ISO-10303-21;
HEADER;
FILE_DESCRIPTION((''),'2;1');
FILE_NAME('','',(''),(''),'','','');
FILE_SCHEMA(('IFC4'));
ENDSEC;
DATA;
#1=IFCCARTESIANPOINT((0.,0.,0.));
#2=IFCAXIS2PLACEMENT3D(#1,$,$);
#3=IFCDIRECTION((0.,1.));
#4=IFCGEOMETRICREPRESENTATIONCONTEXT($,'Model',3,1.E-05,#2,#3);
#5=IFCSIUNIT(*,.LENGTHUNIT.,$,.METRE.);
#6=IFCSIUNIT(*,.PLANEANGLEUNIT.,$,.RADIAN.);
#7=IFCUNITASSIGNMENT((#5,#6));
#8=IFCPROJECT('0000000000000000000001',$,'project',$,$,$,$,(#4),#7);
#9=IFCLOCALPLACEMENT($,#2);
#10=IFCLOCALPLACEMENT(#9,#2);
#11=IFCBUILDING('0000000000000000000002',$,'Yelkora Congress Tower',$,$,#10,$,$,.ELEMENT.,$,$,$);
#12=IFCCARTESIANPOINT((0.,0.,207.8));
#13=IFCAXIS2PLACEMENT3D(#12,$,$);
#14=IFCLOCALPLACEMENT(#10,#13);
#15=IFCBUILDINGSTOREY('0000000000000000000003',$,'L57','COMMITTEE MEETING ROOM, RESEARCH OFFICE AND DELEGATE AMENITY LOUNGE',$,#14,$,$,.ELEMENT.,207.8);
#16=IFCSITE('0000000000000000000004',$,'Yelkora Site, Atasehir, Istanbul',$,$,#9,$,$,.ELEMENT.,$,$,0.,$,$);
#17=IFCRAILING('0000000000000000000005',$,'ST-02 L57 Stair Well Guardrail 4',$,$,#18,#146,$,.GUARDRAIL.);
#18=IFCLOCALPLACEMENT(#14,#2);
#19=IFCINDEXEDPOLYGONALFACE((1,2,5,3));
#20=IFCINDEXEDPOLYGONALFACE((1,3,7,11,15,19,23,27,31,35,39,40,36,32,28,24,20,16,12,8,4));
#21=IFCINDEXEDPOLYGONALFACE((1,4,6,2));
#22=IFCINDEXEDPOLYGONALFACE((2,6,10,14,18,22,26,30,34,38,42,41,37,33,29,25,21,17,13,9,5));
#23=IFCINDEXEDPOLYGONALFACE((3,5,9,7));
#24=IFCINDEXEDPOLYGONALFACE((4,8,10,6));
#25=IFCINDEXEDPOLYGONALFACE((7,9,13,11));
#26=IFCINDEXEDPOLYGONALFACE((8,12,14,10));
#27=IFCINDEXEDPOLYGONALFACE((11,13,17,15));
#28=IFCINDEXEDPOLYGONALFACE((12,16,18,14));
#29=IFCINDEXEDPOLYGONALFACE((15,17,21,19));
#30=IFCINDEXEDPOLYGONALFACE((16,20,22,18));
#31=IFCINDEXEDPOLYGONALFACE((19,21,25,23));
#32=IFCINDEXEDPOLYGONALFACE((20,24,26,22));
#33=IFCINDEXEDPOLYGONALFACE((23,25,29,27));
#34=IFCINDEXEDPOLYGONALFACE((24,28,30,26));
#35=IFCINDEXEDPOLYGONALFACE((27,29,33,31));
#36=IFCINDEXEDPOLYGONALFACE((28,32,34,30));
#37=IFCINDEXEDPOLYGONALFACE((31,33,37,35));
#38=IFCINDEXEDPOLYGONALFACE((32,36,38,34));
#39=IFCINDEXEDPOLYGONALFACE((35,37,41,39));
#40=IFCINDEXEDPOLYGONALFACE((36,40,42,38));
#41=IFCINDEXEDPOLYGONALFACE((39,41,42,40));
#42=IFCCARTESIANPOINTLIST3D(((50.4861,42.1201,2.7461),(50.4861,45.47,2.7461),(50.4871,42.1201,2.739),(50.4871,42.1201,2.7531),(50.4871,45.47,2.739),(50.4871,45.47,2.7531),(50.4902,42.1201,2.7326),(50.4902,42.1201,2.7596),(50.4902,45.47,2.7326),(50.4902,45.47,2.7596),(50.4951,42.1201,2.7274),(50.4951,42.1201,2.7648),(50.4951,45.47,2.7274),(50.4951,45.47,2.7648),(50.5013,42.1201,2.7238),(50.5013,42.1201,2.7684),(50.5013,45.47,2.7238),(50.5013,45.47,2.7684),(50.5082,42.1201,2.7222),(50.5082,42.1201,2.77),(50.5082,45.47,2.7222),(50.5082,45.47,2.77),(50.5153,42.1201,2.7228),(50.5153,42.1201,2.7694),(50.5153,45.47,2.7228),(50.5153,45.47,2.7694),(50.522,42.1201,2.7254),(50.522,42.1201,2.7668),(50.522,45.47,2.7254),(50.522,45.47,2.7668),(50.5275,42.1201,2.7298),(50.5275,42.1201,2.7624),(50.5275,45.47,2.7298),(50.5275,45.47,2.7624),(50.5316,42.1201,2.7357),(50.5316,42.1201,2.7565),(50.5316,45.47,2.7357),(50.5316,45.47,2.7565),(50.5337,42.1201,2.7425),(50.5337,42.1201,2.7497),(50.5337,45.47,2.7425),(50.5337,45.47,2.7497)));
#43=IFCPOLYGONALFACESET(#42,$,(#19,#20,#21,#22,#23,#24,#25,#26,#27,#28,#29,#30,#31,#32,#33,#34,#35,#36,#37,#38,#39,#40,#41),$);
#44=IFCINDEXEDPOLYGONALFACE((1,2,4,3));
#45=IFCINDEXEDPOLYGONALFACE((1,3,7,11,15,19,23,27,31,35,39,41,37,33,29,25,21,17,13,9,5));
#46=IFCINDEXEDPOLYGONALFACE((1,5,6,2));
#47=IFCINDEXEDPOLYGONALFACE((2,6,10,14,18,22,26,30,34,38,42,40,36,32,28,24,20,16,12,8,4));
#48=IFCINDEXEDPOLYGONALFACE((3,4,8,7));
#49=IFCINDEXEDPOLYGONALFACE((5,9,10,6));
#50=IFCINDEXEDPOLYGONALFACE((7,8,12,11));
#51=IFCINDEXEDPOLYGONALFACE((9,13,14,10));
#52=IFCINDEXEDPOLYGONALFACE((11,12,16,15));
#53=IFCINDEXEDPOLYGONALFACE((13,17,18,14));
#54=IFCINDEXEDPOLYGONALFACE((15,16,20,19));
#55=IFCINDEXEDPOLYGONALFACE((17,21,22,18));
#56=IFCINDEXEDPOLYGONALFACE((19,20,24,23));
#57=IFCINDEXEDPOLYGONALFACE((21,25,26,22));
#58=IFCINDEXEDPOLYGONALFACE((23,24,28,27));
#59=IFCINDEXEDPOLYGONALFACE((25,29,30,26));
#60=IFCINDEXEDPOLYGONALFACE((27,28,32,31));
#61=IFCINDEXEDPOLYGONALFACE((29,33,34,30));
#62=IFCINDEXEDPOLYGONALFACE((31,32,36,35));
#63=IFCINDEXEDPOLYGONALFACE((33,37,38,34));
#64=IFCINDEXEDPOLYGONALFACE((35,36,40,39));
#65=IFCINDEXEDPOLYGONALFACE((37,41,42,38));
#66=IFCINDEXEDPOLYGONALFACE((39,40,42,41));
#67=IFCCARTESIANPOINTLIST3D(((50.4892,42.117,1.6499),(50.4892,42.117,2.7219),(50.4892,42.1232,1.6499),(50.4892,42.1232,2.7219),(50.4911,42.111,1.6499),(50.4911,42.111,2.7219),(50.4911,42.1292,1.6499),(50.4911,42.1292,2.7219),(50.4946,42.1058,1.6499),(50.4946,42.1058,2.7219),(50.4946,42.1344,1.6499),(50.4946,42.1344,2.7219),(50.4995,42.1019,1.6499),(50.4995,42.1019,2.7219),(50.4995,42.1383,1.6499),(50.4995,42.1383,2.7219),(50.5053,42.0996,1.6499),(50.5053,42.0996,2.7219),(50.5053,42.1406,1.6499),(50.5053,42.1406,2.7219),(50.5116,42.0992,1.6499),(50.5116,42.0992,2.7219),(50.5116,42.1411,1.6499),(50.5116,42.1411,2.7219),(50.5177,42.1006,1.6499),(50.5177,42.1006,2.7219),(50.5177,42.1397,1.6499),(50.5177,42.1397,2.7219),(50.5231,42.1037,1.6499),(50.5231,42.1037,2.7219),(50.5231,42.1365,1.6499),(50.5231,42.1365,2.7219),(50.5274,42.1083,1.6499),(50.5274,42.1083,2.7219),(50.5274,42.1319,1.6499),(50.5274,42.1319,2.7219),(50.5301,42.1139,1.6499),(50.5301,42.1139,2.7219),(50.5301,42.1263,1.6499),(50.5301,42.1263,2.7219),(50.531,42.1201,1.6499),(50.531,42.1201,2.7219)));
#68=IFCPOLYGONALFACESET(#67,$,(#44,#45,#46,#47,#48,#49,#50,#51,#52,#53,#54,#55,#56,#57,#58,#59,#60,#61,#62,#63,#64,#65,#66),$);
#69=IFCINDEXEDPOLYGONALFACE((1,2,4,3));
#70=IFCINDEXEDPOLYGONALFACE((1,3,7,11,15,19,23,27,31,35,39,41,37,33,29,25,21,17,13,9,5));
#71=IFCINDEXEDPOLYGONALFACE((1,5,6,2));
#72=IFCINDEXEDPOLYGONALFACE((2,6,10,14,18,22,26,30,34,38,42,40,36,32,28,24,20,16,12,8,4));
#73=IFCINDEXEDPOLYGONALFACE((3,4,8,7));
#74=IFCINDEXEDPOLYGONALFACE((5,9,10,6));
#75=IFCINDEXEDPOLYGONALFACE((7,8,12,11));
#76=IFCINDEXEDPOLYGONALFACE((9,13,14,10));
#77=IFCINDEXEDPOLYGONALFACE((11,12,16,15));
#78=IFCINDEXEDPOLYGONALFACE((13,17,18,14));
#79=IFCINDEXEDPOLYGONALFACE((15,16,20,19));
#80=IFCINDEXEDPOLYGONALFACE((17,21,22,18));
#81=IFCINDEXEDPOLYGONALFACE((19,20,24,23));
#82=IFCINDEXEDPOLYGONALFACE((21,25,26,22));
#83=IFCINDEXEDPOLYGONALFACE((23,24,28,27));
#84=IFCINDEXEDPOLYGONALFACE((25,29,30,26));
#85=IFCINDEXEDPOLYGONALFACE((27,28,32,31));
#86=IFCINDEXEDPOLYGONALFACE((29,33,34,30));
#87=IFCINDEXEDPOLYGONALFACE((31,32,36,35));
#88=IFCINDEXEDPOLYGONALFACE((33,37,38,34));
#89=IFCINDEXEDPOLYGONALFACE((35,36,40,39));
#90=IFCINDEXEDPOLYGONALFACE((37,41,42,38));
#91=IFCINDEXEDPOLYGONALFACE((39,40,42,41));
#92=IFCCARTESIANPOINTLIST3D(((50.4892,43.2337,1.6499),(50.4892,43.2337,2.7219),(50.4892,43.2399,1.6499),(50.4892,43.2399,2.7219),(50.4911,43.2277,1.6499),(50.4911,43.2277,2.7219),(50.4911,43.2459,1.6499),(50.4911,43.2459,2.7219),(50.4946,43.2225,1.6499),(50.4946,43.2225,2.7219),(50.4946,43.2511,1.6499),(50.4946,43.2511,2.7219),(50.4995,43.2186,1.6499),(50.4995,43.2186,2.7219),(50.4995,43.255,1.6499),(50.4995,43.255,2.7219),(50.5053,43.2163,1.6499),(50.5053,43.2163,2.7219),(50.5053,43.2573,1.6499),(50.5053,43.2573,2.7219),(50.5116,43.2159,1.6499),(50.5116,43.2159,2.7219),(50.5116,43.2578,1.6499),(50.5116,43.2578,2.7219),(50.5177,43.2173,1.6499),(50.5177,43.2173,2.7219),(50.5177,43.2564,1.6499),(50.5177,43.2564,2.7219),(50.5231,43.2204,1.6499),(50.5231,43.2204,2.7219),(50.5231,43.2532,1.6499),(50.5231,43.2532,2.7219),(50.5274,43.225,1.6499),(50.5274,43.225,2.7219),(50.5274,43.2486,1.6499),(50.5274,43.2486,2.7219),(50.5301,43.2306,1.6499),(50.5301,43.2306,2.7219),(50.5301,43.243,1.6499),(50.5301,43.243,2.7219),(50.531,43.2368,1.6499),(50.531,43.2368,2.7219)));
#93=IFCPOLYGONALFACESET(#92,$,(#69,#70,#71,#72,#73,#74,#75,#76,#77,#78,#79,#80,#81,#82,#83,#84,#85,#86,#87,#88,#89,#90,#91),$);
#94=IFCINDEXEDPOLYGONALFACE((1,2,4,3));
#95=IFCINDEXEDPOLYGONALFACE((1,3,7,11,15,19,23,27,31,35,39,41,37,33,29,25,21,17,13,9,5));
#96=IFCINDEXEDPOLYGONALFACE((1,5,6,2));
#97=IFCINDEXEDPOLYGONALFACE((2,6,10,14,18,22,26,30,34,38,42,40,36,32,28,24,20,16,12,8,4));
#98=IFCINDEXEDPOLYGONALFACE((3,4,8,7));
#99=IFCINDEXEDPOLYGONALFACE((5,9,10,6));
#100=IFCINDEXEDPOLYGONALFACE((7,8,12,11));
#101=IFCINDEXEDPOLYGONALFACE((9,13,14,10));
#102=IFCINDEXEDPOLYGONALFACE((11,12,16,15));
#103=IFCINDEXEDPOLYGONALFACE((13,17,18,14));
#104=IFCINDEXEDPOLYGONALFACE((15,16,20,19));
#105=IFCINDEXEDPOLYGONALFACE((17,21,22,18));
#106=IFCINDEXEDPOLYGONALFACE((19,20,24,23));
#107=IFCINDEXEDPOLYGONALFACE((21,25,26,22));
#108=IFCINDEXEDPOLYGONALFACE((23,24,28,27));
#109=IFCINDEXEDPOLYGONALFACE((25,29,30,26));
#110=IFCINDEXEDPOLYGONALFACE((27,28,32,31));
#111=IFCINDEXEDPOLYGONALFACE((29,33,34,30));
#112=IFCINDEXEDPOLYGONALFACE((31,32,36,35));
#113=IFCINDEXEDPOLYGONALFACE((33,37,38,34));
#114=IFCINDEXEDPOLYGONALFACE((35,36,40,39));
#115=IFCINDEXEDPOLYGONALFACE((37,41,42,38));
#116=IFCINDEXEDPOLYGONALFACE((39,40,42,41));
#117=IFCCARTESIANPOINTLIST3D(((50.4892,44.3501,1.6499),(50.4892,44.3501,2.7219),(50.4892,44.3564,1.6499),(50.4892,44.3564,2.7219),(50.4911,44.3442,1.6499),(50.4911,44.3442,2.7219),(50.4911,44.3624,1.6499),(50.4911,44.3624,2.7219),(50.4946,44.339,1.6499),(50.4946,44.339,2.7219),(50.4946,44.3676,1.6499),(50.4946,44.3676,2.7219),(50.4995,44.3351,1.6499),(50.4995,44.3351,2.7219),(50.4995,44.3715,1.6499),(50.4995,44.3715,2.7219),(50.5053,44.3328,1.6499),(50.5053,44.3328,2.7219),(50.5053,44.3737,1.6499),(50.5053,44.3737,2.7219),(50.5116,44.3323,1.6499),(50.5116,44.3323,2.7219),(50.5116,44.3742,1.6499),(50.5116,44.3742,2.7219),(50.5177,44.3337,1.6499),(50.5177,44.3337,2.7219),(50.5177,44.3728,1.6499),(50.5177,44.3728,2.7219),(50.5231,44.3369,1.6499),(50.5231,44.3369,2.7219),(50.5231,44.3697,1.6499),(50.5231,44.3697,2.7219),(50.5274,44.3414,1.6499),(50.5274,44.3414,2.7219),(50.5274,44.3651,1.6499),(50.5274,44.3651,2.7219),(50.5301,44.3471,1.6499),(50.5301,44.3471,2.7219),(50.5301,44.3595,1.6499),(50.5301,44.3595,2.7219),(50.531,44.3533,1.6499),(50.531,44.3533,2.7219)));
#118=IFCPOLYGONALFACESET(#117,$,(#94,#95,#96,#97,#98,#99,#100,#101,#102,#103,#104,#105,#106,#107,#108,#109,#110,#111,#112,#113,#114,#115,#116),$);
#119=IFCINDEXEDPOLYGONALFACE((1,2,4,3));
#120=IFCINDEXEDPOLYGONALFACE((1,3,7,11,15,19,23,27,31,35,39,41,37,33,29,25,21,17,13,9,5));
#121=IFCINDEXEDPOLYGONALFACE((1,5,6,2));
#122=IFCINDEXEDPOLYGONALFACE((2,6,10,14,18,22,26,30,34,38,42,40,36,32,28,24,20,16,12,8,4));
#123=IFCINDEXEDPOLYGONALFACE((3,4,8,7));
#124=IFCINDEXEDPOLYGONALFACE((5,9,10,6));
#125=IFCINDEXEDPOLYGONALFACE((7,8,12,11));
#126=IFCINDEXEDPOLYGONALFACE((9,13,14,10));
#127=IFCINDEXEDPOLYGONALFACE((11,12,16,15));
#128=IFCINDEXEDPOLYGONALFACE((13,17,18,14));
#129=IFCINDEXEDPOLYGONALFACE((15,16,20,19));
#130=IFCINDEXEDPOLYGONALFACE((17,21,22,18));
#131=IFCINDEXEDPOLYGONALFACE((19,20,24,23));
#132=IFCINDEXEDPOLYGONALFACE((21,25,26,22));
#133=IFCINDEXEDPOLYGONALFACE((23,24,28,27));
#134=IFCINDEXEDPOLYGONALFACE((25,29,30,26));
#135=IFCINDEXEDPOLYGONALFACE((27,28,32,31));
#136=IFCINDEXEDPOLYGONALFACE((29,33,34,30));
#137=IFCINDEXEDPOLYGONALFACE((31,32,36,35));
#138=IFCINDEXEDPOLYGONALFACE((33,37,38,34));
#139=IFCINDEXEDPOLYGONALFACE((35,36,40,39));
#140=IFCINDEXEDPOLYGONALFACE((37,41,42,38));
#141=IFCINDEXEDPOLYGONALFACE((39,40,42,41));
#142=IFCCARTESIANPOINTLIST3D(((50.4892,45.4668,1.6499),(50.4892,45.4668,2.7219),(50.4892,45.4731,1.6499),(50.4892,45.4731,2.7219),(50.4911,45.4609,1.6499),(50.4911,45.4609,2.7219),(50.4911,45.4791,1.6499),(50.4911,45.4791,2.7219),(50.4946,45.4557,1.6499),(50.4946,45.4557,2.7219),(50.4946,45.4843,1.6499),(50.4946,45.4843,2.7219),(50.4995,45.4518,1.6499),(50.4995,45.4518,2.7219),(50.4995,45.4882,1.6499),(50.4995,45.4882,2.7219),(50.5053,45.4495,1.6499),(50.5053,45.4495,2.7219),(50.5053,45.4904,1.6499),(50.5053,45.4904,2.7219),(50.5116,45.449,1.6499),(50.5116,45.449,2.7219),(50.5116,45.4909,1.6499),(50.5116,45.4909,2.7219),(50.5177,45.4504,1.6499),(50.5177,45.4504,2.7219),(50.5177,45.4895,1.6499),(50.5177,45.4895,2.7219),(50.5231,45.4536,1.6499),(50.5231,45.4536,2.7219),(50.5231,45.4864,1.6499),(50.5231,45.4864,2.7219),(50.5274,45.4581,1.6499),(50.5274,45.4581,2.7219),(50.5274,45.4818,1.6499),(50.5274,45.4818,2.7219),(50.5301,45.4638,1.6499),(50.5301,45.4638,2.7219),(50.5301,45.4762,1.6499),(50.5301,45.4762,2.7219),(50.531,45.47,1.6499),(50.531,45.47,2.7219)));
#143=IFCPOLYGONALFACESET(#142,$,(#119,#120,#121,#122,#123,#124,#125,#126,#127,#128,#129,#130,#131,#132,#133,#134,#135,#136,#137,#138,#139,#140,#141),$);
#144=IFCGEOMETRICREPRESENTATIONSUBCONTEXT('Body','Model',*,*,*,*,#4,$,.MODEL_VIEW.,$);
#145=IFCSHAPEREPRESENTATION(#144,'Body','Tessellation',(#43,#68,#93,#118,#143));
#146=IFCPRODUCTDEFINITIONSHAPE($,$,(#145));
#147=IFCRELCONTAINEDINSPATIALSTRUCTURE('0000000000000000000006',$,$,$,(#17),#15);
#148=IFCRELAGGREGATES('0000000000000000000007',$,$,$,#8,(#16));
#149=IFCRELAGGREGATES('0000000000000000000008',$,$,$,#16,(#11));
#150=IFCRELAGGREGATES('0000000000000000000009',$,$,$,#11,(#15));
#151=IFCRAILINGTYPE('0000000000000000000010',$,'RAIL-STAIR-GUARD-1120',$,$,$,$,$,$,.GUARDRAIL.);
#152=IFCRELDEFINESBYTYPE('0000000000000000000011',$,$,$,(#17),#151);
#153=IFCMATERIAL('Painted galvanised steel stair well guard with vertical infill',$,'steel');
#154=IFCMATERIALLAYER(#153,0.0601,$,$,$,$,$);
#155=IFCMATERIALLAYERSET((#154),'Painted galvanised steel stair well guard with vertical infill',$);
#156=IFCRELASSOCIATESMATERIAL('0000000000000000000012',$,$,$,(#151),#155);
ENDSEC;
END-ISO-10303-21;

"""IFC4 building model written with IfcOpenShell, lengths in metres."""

from ifc_helpers import new_model, si_unit, direction, frame, origin, origin_2d, place, context, subcontext, project, spatial, circle, extrude, material, layer, layer_set, type_object, element, save


model = new_model("IFC4")

# Units and contexts
model_context = context("Model", 3, precision=1e-05, world=origin(), true_north=direction((0.0, 1.0)))
body_context = subcontext(model_context, "Body", "Model", "MODEL_VIEW")
ifc_project = project(units=[si_unit("LENGTHUNIT", "METRE"), si_unit("PLANEANGLEUNIT", "RADIAN")], contexts=[model_context])

# Site, building, storey
site_placement = place(None, origin())
site = spatial("IfcSite", under=ifc_project, at=site_placement, Name="Yelkora Site, Atasehir, Istanbul", CompositionType="ELEMENT", RefElevation=0.0)
building_placement = place(site_placement, origin())
building = spatial("IfcBuilding", under=site, at=building_placement, Name="Yelkora Congress Tower", CompositionType="ELEMENT")
storey_placement = place(building_placement, frame((0.0, 0.0, 207.8)))
storey = spatial("IfcBuildingStorey", under=building, at=storey_placement, Name="L57", Description="COMMITTEE MEETING ROOM, RESEARCH OFFICE AND DELEGATE AMENITY LOUNGE", CompositionType="ELEMENT", Elevation=207.8)

# Railing
ifc_material_1 = material(Name="Painted galvanised steel stair well guard with vertical infill", Category="steel")
ifc_layer_1 = layer(ifc_material_1, 0.0601)
ifc_layer_set_1 = layer_set([ifc_layer_1], Name="Painted galvanised steel stair well guard with vertical infill")
railing_type_1 = type_object("IfcRailingType", Name="RAIL-STAIR-GUARD-1120", PredefinedType="GUARDRAIL", material=ifc_layer_set_1)
railing_1_placement = place(storey_placement, frame((50.51, 42.1201, 1.6499)))
element("IfcRailing", 1, at=railing_1_placement, inside=storey, type_object=railing_type_1, Name="ST-02 L57 Stair Well Guardrail 4", PredefinedType="GUARDRAIL", context=body_context, shape_type="SweptSolid", body=[
    extrude(circle(Radius=0.0239, at=origin_2d()), frame((0.0, 0.0, 1.0962), z_axis=(0.0, 1.0, 0.0), x_axis=(-1.0, 0.0, 0.0)), (0.0, 0.0, 1.0), 3.3499),
    extrude(circle(Radius=0.021, at=origin_2d()), origin(), (0.0, 0.0, 1.0), 1.072),
    extrude(circle(Radius=0.021, at=origin_2d()), frame((0.0, 1.1167, 0.0)), (0.0, 0.0, 1.0), 1.072),
    extrude(circle(Radius=0.021, at=origin_2d()), frame((0.0, 2.2332, 0.0)), (0.0, 0.0, 1.0), 1.072),
    extrude(circle(Radius=0.021, at=origin_2d()), frame((0.0, 3.3499, 0.0)), (0.0, 0.0, 1.0), 1.072),
])

save(model, "model.ifc")
